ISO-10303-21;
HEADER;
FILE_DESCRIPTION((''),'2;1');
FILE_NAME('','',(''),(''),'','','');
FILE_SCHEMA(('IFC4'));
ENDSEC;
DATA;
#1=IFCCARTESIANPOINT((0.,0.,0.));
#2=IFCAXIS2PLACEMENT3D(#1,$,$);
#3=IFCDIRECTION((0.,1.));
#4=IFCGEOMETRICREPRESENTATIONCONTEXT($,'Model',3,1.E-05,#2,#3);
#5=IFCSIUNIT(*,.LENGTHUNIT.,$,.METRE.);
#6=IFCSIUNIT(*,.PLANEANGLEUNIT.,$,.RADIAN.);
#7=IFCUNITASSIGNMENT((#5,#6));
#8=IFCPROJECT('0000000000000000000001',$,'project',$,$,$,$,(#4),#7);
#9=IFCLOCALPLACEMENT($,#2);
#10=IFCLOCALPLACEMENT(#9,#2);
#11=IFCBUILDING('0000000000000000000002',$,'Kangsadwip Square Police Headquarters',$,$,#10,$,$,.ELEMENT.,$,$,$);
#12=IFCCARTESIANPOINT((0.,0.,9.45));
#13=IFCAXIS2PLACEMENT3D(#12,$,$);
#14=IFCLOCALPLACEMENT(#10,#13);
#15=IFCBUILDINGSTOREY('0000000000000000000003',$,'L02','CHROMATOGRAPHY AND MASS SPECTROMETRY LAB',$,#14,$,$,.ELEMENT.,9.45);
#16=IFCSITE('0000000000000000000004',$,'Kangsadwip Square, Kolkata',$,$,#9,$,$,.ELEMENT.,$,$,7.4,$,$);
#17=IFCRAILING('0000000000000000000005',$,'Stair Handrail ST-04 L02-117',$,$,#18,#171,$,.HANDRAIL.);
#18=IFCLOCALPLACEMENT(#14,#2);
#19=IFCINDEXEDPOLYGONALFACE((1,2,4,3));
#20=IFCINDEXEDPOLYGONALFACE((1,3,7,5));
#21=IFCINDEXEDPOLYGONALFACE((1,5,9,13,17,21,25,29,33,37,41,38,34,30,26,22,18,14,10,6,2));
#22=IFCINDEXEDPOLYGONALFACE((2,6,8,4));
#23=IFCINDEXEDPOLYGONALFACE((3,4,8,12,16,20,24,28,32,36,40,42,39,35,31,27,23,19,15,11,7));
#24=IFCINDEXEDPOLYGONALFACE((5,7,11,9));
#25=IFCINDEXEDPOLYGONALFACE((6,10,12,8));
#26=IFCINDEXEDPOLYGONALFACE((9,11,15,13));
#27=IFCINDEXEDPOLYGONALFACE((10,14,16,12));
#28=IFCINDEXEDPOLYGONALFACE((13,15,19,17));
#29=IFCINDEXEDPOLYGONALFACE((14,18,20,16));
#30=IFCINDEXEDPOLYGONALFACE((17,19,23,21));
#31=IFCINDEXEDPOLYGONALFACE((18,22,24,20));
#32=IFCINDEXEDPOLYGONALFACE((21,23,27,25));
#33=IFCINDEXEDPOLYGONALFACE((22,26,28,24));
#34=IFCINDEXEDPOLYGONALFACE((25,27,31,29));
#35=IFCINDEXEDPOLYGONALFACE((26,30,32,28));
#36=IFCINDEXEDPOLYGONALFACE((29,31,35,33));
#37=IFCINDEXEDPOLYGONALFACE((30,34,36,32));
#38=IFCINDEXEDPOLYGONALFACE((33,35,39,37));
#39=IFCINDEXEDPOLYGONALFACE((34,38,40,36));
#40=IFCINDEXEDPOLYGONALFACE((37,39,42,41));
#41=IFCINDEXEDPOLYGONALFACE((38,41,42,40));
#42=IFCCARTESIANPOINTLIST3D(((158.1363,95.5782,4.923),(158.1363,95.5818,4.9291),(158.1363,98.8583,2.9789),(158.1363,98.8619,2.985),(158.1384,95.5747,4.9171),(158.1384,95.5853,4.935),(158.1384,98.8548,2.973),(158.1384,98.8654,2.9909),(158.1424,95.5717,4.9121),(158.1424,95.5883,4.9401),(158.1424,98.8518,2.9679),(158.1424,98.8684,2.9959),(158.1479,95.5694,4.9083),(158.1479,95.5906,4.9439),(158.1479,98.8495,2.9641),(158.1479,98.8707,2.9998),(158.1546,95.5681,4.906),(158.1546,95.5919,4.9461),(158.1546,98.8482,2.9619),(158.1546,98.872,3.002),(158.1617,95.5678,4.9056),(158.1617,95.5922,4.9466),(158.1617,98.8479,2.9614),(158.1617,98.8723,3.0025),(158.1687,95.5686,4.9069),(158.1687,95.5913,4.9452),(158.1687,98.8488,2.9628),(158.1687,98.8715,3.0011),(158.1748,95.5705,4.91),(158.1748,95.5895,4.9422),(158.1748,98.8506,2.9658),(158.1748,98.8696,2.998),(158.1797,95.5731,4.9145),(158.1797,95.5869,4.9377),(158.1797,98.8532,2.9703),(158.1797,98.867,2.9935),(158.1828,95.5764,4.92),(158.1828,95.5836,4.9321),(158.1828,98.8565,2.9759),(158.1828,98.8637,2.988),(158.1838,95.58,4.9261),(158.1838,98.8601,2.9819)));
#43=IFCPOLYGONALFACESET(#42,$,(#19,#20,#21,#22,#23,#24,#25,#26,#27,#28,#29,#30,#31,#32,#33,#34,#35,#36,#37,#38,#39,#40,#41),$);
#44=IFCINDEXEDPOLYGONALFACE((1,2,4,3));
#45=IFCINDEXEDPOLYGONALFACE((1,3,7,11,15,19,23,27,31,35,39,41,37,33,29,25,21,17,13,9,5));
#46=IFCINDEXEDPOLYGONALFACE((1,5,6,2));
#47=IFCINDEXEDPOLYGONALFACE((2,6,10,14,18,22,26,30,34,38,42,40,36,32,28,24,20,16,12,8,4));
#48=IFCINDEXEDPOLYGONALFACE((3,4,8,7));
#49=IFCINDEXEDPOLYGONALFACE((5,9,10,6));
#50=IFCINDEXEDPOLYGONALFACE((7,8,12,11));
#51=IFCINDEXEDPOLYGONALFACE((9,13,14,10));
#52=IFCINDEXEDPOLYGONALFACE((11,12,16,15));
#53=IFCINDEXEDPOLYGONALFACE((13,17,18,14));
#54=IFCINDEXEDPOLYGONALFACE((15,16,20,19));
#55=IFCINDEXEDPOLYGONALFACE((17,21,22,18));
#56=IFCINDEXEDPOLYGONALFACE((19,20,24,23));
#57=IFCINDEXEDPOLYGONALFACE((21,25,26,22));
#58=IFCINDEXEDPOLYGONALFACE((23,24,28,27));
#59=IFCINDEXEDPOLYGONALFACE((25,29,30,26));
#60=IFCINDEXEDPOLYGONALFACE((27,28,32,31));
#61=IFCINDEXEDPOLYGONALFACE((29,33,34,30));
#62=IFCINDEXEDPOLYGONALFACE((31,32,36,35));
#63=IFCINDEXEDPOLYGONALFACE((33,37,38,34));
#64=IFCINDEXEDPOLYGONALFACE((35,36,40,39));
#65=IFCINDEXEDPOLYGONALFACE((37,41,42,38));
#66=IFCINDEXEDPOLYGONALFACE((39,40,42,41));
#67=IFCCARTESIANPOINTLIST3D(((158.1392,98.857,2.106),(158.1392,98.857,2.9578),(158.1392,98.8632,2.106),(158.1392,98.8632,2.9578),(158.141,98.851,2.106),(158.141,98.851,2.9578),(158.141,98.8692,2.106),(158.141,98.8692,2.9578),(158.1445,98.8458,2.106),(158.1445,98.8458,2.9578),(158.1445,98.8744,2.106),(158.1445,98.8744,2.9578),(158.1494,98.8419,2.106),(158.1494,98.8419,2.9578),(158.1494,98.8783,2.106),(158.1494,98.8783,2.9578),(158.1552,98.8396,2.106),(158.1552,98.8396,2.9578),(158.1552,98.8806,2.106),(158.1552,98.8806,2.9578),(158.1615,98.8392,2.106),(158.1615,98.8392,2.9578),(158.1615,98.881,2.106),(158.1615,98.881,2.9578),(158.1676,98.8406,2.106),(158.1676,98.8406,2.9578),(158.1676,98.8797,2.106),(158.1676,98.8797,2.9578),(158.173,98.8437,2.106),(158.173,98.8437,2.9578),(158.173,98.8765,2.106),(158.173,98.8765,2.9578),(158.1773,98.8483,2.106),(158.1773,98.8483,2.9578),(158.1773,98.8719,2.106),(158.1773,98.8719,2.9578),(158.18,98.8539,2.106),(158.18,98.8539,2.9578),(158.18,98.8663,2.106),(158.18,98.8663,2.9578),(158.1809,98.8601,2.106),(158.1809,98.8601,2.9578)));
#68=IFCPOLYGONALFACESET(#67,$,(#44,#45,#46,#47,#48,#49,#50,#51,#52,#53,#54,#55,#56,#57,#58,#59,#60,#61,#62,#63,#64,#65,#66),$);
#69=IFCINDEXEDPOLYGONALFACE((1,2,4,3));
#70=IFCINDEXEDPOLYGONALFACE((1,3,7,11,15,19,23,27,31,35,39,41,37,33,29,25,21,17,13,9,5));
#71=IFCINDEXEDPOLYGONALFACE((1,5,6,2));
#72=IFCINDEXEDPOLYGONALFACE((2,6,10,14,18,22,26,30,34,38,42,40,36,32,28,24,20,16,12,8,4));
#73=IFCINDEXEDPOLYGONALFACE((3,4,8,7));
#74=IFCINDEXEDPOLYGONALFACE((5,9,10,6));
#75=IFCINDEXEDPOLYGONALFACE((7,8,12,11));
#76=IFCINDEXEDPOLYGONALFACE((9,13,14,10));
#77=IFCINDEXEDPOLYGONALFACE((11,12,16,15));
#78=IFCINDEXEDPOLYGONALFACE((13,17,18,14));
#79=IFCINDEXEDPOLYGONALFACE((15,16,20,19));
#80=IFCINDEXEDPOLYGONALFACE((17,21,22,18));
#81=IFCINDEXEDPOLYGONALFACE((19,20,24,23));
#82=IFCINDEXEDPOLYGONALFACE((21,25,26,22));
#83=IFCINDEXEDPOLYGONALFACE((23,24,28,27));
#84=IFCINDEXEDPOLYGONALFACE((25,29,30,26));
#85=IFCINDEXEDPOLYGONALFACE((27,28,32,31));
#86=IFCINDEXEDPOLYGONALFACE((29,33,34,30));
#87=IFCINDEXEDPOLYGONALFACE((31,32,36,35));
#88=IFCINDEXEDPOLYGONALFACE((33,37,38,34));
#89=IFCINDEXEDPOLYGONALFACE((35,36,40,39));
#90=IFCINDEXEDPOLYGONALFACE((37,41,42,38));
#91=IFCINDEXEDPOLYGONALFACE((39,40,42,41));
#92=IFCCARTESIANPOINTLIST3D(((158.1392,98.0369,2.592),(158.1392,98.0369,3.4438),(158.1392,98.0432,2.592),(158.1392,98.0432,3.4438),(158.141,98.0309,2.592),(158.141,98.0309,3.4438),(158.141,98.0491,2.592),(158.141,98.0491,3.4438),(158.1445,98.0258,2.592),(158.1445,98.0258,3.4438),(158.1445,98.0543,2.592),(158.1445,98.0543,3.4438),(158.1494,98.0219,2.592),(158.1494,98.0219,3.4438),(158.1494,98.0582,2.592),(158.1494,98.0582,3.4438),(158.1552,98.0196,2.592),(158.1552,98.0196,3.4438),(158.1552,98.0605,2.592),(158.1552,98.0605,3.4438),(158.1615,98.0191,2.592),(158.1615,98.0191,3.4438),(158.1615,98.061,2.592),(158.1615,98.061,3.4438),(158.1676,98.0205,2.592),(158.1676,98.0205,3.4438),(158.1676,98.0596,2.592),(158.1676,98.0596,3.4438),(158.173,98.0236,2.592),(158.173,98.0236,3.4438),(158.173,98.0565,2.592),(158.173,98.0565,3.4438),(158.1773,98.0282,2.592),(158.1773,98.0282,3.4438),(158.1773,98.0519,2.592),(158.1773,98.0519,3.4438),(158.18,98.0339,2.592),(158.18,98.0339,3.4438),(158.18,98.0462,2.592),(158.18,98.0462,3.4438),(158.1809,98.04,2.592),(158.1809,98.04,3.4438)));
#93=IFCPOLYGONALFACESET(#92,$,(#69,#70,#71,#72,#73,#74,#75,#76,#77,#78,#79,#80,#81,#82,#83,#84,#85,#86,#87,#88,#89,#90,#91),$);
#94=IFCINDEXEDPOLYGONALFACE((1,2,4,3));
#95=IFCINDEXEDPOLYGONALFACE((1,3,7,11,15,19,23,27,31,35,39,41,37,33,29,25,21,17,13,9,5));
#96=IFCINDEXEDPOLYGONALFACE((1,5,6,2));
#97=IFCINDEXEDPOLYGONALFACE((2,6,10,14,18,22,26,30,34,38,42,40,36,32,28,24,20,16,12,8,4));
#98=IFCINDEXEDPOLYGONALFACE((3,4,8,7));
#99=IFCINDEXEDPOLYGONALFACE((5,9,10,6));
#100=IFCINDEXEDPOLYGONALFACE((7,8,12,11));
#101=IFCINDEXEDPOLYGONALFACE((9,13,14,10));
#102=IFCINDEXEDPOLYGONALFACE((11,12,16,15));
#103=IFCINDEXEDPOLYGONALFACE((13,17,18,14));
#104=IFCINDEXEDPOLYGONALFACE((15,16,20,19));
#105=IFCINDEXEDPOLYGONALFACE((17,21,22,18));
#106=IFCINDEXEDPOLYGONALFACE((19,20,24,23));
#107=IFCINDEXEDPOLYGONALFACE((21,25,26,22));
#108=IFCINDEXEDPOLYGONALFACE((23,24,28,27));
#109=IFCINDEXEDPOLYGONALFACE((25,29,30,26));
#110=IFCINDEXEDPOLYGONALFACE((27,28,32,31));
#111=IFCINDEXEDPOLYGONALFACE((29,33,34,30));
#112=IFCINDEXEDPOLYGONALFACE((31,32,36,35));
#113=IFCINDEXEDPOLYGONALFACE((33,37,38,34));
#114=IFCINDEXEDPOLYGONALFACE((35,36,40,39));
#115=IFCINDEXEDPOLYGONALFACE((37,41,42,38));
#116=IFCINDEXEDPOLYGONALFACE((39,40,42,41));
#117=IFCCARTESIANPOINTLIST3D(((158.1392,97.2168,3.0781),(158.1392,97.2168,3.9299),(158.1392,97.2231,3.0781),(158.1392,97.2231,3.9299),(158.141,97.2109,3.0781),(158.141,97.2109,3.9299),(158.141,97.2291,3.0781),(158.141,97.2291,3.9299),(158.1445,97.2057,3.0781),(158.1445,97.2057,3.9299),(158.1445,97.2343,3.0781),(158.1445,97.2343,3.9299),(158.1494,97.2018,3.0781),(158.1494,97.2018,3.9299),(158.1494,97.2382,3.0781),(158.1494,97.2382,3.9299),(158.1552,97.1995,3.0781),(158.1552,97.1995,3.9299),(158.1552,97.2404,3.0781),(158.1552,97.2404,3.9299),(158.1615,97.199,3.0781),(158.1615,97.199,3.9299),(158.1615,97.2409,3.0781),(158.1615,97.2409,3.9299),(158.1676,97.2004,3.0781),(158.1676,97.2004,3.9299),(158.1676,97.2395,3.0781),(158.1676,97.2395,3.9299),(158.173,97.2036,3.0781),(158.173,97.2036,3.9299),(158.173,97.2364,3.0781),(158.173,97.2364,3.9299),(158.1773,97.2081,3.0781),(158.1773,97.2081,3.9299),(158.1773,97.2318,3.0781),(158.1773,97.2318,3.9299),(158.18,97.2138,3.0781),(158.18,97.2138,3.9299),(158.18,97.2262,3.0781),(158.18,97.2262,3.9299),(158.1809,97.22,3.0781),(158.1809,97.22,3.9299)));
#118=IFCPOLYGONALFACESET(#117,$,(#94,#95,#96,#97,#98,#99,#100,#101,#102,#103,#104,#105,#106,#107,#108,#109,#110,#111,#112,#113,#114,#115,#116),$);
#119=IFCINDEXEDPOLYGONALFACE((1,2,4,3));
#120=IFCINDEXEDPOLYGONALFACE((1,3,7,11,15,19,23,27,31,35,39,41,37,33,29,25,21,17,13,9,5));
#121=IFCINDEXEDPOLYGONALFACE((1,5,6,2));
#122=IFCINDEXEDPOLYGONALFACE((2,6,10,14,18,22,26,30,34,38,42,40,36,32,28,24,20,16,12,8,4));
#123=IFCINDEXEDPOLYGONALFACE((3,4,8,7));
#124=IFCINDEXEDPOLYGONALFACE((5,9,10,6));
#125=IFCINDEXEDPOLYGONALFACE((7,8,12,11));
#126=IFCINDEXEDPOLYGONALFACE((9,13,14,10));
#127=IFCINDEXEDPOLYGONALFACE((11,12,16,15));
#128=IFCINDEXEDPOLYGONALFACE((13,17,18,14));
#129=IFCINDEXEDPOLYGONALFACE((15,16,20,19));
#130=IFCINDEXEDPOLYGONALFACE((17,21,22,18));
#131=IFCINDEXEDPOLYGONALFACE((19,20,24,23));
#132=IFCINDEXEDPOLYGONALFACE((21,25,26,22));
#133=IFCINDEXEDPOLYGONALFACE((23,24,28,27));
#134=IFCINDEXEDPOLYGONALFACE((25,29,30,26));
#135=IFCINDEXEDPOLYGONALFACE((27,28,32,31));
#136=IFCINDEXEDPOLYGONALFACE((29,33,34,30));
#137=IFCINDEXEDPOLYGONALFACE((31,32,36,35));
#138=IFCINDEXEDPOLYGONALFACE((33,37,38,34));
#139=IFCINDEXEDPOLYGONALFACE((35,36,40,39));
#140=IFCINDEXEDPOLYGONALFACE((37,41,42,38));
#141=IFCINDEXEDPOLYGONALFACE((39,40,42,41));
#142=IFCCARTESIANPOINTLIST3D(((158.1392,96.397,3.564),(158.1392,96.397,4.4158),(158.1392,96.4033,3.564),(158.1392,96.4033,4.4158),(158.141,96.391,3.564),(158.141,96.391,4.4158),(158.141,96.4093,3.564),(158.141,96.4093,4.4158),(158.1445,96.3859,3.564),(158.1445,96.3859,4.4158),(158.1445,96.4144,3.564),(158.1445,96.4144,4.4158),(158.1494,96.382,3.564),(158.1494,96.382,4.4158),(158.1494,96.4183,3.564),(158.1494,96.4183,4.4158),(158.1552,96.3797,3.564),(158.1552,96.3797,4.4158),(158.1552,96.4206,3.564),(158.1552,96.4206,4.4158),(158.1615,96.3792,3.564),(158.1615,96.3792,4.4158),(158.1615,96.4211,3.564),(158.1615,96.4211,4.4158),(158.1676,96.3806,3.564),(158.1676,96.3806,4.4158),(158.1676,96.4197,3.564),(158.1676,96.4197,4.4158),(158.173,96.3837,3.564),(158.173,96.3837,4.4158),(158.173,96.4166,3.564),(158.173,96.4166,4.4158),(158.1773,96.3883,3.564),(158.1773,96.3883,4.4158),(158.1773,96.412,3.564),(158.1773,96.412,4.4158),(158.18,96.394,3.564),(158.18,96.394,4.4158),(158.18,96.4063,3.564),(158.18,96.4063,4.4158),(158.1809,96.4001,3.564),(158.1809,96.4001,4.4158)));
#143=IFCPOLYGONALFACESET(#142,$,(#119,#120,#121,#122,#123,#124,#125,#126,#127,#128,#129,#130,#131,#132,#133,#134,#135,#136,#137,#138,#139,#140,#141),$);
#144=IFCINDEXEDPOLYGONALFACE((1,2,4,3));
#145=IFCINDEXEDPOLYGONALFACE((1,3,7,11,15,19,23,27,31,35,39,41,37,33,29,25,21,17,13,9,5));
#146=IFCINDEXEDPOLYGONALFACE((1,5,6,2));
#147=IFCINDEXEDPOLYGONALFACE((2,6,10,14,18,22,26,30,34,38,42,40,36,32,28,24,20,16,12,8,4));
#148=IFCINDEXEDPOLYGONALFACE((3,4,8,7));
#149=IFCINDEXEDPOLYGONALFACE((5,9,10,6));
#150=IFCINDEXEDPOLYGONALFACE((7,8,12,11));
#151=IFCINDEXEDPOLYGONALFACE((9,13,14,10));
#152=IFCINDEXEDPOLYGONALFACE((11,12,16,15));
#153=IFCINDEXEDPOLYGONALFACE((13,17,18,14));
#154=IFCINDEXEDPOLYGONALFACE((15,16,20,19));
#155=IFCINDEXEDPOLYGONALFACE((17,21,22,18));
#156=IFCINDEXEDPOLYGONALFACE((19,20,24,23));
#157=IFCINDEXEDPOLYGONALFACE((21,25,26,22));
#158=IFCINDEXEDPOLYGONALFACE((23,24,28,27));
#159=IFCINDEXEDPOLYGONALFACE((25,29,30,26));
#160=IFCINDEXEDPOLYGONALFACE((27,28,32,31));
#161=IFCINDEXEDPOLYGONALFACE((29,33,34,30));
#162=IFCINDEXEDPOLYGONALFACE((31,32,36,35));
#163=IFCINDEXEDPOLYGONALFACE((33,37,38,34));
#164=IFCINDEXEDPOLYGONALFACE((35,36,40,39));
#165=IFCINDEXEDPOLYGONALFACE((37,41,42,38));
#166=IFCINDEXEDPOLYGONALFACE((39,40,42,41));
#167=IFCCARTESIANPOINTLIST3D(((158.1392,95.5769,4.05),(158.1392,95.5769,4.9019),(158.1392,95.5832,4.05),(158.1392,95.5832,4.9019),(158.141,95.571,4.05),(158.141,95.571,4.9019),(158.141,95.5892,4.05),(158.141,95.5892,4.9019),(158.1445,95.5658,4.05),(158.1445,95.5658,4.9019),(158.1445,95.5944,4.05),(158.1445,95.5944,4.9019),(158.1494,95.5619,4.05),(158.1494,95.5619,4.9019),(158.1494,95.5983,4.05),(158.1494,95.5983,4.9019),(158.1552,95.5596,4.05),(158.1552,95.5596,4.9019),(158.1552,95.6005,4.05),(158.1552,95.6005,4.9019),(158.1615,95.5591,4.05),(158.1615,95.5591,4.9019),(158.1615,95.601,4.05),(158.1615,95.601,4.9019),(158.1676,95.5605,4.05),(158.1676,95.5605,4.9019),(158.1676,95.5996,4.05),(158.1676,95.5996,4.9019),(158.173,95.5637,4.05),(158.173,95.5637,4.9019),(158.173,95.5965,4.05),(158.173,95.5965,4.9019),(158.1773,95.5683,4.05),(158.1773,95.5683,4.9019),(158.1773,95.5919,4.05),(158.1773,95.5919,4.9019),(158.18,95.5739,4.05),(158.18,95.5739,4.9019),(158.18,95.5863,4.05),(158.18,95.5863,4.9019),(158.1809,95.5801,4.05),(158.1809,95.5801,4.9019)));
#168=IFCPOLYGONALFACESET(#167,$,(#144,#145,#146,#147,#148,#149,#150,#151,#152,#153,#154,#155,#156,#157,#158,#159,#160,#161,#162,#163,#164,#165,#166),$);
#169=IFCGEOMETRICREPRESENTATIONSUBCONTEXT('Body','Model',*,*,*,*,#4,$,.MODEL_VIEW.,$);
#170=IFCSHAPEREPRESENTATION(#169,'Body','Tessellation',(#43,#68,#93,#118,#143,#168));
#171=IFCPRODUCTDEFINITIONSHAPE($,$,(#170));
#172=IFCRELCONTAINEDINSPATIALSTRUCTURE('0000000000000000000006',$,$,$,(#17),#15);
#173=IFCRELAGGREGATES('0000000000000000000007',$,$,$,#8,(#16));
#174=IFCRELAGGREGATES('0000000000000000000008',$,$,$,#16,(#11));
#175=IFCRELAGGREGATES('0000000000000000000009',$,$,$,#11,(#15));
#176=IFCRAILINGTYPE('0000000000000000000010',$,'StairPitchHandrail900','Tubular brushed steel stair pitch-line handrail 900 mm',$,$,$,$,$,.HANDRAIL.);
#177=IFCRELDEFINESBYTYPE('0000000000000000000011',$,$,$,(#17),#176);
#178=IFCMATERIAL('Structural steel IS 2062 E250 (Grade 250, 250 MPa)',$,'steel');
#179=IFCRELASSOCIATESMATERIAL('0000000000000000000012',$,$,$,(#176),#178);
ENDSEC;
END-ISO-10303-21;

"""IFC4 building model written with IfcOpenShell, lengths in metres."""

from ifc_helpers import new_model, si_unit, direction, frame, origin, origin_2d, place, context, subcontext, project, spatial, circle, extrude, material, type_object, element, save


model = new_model("IFC4")

# Units and contexts
model_context = context("Model", 3, precision=1e-05, world=origin(), true_north=direction((0.0, 1.0)))
body_context = subcontext(model_context, "Body", "Model", "MODEL_VIEW")
ifc_project = project(units=[si_unit("LENGTHUNIT", "METRE"), si_unit("PLANEANGLEUNIT", "RADIAN")], contexts=[model_context])

# Site, building, storey
site_placement = place(None, origin())
site = spatial("IfcSite", under=ifc_project, at=site_placement, Name="Kangsadwip Square, Kolkata", CompositionType="ELEMENT", RefElevation=7.4)
building_placement = place(site_placement, origin())
building = spatial("IfcBuilding", under=site, at=building_placement, Name="Kangsadwip Square Police Headquarters", CompositionType="ELEMENT")
storey_placement = place(building_placement, frame((0.0, 0.0, 9.45)))
storey = spatial("IfcBuildingStorey", under=building, at=storey_placement, Name="L02", Description="CHROMATOGRAPHY AND MASS SPECTROMETRY LAB", CompositionType="ELEMENT", Elevation=9.45)

# Railing
ifc_material_1 = material(Name="Structural steel IS 2062 E250 (Grade 250, 250 MPa)", Category="steel")
railing_type_1 = type_object("IfcRailingType", Name="StairPitchHandrail900", Description="Tubular brushed steel stair pitch-line handrail 900 mm", PredefinedType="HANDRAIL", material=ifc_material_1)
railing_placement = place(storey_placement, frame((158.1599, 98.8601, 2.106)))
element("IfcRailing", 1, at=railing_placement, inside=storey, type_object=railing_type_1, Name="Stair Handrail ST-04 L02-117", PredefinedType="HANDRAIL", context=body_context, shape_type="SweptSolid", body=[
    extrude(circle(Radius=0.0239, at=origin_2d()), frame((0.0, 0.0, 0.876), z_axis=(0.0, -0.860249, 0.509874), x_axis=(1.0, 0.0, 0.0)), (0.0, 0.0, 1.0), 3.813),
    extrude(circle(Radius=0.021, at=origin_2d()), origin(), (0.0, 0.0, 1.0), 0.8518),
    extrude(circle(Radius=0.021, at=origin_2d()), frame((0.0, -0.8201, 0.4861)), (0.0, 0.0, 1.0), 0.8518),
    extrude(circle(Radius=0.021, at=origin_2d()), frame((0.0, -1.6401, 0.9722)), (0.0, 0.0, 1.0), 0.8518),
    extrude(circle(Radius=0.021, at=origin_2d()), frame((0.0, -2.46, 1.458)), (0.0, 0.0, 1.0), 0.8518),
    extrude(circle(Radius=0.021, at=origin_2d()), frame((0.0, -3.28, 1.9441)), (0.0, 0.0, 1.0), 0.8518),
])

save(model, "model.ifc")
